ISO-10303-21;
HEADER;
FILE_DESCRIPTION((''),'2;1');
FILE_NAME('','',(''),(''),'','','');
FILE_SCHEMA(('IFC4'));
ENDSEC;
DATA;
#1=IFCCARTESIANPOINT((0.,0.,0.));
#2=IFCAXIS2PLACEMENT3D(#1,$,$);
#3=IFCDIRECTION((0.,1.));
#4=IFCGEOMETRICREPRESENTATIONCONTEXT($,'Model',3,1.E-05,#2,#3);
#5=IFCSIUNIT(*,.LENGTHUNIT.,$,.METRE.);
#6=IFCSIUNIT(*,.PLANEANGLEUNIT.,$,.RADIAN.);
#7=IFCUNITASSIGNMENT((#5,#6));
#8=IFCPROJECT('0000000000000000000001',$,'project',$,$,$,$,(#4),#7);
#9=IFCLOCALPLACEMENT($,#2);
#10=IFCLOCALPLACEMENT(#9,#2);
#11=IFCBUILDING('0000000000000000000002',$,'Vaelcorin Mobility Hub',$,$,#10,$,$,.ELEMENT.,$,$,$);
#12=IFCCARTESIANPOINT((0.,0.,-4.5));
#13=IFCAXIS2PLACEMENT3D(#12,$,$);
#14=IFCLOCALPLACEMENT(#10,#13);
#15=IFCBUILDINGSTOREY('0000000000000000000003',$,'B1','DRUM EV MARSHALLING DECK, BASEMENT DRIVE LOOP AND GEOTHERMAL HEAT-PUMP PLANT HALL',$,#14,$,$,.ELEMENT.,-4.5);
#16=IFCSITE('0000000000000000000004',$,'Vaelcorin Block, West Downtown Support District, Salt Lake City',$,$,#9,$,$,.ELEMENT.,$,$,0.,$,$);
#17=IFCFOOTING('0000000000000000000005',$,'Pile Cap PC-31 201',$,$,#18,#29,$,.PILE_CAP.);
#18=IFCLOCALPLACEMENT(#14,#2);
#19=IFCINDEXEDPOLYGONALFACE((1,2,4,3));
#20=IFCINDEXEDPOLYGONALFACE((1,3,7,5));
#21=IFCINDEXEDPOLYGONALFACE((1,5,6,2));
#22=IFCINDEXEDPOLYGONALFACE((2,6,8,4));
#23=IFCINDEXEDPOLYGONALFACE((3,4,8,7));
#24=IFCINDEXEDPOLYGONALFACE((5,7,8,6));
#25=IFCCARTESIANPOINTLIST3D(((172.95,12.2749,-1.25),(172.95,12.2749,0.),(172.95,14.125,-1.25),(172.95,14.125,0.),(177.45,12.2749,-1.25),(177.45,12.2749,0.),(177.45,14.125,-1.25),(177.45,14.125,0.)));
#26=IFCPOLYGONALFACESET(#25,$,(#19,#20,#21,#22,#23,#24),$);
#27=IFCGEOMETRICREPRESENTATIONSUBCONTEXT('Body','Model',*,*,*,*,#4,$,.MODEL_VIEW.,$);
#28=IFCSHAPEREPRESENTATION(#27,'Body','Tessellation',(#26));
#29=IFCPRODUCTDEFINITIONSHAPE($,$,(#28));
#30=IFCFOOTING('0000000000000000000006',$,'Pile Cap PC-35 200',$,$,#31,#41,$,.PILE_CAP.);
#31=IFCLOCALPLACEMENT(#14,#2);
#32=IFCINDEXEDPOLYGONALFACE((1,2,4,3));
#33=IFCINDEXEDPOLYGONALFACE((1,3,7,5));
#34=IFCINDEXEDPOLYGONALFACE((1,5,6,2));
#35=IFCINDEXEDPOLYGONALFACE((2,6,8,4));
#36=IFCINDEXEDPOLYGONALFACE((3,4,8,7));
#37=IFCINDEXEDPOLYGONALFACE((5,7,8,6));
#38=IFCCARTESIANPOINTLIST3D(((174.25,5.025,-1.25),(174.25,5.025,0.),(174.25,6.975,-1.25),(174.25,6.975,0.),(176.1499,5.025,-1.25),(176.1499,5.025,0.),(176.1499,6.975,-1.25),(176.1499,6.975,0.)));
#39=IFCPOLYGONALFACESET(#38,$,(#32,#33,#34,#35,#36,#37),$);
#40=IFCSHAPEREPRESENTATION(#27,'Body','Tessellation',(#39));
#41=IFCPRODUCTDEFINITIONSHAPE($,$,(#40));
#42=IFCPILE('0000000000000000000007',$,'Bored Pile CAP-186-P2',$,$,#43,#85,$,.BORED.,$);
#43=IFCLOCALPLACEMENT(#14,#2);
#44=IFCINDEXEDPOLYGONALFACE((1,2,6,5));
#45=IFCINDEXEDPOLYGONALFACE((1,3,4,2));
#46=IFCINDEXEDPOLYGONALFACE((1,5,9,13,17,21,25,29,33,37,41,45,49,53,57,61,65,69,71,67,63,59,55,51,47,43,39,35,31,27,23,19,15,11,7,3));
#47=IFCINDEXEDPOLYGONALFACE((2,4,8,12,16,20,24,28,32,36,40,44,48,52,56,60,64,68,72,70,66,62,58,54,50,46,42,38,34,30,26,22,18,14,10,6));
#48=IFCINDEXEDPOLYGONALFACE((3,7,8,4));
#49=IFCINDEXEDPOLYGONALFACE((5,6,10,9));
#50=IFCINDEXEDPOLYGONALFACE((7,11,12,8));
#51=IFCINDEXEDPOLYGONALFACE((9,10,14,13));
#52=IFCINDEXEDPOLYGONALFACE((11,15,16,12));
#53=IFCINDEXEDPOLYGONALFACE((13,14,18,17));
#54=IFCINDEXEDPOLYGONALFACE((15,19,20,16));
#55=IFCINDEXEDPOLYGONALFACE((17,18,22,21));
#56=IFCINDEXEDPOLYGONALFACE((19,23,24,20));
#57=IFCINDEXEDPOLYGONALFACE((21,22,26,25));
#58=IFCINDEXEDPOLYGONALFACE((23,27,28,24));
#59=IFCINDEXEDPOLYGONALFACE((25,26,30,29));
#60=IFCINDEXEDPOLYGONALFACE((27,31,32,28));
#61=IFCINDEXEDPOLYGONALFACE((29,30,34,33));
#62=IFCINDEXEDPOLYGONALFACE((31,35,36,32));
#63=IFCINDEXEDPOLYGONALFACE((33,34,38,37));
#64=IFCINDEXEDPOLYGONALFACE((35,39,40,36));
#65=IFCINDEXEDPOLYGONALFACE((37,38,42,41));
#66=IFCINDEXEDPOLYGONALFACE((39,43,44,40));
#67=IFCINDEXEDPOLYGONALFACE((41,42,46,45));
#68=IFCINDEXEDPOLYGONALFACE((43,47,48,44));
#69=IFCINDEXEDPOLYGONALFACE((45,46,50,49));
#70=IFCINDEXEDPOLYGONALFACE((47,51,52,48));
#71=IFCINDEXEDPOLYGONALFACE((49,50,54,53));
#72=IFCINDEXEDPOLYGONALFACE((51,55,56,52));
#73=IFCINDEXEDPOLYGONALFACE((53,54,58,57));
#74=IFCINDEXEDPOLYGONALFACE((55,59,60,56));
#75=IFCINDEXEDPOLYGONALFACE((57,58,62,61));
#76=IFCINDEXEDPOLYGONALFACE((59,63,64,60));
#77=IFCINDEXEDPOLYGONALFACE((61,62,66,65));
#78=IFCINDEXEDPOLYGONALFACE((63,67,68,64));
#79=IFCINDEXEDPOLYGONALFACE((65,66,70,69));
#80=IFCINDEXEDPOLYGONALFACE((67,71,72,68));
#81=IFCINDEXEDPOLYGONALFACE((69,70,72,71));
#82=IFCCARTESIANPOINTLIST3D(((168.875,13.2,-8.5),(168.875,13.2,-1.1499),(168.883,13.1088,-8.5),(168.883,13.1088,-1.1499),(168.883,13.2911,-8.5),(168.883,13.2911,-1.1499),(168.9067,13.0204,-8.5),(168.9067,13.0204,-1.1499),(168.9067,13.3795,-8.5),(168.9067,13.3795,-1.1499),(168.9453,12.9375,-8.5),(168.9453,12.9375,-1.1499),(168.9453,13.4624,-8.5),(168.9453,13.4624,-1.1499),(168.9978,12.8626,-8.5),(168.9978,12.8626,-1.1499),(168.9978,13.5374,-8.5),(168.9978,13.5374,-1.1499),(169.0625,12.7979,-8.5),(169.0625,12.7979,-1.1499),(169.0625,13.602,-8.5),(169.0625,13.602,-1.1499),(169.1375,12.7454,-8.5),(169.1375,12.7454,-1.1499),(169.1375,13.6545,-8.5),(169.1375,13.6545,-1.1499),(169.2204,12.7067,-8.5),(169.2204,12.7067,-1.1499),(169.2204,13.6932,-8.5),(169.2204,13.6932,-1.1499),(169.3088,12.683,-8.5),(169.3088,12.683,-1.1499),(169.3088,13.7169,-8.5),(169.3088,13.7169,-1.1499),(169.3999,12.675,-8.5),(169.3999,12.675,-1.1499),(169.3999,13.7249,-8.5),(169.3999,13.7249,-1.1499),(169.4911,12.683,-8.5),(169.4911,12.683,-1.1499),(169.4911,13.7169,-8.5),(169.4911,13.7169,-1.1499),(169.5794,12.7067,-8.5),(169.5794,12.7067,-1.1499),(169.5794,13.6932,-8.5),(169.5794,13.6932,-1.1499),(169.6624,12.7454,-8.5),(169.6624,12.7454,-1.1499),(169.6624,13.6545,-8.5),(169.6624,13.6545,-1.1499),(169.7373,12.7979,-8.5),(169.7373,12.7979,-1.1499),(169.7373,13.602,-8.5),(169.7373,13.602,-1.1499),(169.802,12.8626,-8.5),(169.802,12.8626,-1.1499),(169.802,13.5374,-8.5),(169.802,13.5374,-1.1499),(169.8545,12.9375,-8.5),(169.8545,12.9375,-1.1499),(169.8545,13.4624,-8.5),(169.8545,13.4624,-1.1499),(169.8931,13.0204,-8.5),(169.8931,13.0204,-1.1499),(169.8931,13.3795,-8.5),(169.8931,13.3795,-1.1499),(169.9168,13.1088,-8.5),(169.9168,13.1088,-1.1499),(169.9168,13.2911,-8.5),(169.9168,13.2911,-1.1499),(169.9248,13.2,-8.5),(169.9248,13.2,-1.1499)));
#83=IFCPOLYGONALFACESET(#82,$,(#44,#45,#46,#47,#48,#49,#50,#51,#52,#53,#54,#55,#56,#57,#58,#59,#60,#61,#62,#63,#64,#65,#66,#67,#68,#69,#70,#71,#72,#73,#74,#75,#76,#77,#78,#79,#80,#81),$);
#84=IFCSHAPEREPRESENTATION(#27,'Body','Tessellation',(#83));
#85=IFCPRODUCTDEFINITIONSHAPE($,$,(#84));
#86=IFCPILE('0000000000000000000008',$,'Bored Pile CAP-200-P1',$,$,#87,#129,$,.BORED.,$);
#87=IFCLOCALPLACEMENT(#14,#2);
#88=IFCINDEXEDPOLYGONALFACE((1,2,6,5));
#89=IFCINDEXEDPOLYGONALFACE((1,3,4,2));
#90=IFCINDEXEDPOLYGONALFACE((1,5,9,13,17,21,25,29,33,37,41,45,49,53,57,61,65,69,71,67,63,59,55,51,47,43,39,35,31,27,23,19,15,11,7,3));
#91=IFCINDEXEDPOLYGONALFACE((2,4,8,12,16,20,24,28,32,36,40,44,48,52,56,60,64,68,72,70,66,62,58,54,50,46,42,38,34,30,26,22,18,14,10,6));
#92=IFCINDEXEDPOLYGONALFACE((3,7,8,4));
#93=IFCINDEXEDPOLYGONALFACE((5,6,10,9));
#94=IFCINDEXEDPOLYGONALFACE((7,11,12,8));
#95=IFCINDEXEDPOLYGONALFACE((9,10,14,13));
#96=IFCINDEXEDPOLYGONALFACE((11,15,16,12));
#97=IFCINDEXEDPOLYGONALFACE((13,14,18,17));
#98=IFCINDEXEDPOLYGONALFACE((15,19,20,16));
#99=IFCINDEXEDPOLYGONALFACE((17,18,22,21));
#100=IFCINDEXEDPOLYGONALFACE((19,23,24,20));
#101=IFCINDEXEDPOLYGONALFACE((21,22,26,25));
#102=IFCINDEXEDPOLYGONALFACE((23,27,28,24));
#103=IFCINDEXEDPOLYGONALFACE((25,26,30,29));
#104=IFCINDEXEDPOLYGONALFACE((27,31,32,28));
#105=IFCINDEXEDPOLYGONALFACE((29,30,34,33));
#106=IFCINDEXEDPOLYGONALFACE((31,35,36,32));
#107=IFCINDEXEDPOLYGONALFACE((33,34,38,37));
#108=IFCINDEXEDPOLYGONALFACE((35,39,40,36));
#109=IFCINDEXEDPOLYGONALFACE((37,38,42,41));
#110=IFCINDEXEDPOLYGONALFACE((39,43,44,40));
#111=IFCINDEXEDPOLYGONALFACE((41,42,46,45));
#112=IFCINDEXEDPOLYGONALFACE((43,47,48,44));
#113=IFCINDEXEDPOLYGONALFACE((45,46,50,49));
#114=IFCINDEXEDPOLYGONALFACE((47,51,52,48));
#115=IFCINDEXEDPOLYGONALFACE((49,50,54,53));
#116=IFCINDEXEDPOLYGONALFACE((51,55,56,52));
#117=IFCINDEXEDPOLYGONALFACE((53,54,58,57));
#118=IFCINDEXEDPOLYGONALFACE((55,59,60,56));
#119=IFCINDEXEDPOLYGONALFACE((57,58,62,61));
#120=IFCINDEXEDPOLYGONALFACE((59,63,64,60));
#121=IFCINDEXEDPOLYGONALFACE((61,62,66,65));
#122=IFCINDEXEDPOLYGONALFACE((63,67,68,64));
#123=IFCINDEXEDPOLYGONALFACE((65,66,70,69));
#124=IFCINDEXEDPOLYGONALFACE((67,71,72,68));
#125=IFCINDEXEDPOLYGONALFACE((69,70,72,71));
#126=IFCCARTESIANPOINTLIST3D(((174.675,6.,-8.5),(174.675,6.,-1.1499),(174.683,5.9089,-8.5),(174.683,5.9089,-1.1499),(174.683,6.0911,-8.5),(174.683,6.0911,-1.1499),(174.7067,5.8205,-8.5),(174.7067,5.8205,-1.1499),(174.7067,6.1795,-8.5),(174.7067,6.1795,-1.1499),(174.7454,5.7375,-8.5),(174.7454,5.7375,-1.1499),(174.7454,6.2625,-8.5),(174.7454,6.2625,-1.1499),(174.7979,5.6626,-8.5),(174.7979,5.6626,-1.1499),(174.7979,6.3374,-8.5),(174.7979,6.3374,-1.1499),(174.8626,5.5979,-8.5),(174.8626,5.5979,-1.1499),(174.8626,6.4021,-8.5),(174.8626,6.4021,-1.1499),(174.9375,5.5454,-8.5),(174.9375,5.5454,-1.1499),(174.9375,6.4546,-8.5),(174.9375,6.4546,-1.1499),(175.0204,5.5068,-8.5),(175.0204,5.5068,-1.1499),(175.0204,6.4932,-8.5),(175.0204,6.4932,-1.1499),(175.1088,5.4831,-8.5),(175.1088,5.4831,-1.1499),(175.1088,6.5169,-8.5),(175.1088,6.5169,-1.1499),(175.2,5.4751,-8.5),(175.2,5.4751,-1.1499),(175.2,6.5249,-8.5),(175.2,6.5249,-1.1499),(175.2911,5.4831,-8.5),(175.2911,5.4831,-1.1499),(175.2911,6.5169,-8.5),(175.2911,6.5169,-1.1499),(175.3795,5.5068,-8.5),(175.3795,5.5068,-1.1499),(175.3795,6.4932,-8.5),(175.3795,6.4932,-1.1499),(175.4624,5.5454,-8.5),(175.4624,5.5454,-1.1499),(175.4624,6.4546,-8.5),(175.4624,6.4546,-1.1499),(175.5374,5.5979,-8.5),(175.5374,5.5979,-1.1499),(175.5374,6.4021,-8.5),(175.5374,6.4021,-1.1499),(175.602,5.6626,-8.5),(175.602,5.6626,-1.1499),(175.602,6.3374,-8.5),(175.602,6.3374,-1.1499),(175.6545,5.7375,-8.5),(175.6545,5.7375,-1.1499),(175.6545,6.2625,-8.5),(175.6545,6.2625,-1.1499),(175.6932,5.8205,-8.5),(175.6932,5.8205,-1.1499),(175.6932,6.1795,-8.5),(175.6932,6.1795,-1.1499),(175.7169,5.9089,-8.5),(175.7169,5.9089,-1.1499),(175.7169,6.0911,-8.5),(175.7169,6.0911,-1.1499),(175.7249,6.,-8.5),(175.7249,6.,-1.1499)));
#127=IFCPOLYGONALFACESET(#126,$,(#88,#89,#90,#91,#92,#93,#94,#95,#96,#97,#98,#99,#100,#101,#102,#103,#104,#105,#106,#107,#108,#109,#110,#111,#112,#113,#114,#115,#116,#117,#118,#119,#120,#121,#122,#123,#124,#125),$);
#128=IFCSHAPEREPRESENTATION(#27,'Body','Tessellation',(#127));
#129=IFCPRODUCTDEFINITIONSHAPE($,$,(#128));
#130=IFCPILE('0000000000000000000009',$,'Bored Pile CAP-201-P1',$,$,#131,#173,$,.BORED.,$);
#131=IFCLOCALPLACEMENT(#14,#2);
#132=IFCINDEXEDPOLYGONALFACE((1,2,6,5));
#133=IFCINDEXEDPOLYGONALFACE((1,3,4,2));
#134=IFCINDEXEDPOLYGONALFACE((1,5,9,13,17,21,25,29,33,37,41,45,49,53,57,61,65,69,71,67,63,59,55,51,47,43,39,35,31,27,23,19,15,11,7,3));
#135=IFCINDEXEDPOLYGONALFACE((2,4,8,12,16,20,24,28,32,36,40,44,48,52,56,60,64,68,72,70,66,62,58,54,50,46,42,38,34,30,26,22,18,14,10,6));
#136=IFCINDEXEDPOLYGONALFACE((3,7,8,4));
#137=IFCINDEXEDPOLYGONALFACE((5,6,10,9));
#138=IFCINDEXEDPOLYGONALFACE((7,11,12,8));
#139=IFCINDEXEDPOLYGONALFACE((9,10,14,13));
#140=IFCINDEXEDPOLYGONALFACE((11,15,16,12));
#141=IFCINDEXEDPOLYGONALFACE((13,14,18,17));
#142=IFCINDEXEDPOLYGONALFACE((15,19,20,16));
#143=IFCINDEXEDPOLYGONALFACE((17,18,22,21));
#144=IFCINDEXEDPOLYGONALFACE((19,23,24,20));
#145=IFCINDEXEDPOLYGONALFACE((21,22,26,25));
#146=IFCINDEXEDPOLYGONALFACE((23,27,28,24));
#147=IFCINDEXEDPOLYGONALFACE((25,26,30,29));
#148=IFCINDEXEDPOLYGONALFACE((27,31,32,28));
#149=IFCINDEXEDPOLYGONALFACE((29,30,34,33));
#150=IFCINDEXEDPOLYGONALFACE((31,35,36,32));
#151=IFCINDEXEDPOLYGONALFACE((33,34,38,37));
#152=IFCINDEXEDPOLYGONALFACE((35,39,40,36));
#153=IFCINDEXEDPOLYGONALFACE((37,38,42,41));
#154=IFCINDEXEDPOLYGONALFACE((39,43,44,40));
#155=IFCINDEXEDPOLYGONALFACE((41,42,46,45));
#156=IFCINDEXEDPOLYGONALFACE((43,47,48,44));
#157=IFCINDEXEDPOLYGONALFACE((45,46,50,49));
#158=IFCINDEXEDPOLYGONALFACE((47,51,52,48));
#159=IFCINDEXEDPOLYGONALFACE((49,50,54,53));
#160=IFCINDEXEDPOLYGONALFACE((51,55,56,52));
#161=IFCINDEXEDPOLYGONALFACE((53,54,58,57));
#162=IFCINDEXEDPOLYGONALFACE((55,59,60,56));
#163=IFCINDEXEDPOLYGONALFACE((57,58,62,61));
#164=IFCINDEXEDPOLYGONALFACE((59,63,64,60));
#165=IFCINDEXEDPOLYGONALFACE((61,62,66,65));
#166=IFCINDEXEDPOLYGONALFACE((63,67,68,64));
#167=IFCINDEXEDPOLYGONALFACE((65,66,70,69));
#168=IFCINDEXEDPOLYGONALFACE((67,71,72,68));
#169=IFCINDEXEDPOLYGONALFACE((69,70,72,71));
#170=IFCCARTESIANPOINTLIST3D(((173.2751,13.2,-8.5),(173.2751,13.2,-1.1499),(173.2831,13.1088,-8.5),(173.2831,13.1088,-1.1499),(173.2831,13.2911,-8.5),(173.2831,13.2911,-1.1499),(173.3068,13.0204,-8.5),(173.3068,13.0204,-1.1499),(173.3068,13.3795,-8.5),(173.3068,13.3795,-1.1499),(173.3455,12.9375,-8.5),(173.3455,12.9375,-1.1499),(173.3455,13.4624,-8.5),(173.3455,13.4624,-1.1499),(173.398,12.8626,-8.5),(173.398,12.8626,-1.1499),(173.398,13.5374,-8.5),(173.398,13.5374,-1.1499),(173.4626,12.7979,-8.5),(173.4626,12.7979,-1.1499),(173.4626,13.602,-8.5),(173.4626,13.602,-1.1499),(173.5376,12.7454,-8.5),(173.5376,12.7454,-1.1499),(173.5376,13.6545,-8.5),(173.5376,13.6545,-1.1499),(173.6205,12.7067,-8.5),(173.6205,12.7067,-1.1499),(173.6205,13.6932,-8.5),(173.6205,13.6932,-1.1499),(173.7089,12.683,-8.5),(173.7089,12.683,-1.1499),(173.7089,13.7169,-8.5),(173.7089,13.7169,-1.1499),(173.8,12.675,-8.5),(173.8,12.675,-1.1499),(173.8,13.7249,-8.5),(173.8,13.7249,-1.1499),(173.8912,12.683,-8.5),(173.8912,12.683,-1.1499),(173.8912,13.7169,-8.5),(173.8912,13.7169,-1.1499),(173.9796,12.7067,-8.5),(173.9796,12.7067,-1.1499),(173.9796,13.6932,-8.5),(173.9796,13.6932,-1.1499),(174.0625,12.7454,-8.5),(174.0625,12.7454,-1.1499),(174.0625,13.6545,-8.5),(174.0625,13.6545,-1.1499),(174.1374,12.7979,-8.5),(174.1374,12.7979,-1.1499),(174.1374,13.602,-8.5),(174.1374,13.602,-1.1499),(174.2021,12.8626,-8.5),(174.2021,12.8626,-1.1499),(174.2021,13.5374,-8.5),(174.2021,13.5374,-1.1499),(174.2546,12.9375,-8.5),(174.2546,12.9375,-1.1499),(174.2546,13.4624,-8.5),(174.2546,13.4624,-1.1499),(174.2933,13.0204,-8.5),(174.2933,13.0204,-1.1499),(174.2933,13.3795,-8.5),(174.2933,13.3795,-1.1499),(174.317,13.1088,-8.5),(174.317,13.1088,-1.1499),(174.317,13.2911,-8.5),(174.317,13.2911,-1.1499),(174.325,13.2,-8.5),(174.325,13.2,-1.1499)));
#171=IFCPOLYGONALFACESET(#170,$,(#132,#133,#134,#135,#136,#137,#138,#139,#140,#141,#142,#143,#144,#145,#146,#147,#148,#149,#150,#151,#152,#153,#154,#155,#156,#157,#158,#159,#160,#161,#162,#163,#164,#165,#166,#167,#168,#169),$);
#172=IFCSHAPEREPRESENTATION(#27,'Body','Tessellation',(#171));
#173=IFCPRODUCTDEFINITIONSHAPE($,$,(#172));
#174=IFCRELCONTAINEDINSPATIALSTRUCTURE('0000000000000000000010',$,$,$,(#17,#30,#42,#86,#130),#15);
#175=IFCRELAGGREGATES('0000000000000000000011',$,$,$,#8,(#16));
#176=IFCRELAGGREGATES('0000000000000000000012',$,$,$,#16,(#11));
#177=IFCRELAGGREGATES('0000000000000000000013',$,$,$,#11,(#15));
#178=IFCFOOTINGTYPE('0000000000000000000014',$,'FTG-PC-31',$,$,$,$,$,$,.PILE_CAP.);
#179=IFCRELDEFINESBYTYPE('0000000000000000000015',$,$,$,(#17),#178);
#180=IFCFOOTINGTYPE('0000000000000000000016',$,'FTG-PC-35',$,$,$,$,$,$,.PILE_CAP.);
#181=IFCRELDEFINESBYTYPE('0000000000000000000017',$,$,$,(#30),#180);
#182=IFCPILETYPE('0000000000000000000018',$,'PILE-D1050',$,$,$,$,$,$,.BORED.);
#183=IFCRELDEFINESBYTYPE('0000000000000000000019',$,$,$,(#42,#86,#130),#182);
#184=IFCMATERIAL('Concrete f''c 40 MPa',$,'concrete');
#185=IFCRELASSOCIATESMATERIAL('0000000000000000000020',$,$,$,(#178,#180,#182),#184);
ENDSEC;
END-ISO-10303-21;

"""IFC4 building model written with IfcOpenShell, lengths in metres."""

from ifc_helpers import new_model, si_unit, direction, frame, origin, origin_2d, place, context, subcontext, project, spatial, rectangle, circle, extrude, material, material_profile, profile_set, type_object, element, save


model = new_model("IFC4")

# Units and contexts
model_context = context("Model", 3, precision=1e-05, world=origin(), true_north=direction((0.0, 1.0)))
body_context = subcontext(model_context, "Body", "Model", "MODEL_VIEW")
ifc_project = project(units=[si_unit("LENGTHUNIT", "METRE"), si_unit("PLANEANGLEUNIT", "RADIAN")], contexts=[model_context])

# Site, building, storey
site_placement = place(None, origin())
site = spatial("IfcSite", under=ifc_project, at=site_placement, Name="Vaelcorin Block, West Downtown Support District, Salt Lake City", CompositionType="ELEMENT", RefElevation=0.0)
building_placement = place(site_placement, origin())
building = spatial("IfcBuilding", under=site, at=building_placement, Name="Vaelcorin Mobility Hub", CompositionType="ELEMENT")
storey_placement = place(building_placement, frame((0.0, 0.0, -4.5)))
storey = spatial("IfcBuildingStorey", under=building, at=storey_placement, Name="B1", Description="DRUM EV MARSHALLING DECK, BASEMENT DRIVE LOOP AND GEOTHERMAL HEAT-PUMP PLANT HALL", CompositionType="ELEMENT", Elevation=-4.5)

# Footings
ifc_material_1 = material(Name="Concrete f'c 40 MPa", Category="concrete")
footing_type_1 = type_object("IfcFootingType", Name="FTG-PC-31", PredefinedType="PILE_CAP", material=ifc_material_1)
footing_1_placement = place(storey_placement, frame((175.2, 13.2, -1.25), z_axis=(0.0, 0.0, 1.0), x_axis=(1.0, 0.0, 0.0)))
element("IfcFooting", 1, at=footing_1_placement, inside=storey, type_object=footing_type_1, Name="Pile Cap PC-31 201", PredefinedType="PILE_CAP", context=body_context, shape_type="SweptSolid", body=[
    extrude(rectangle(XDim=4.5, YDim=1.8501, at=origin_2d()), origin(), (0.0, 0.0, 1.0), 1.25),
])
footing_type_2 = type_object("IfcFootingType", Name="FTG-PC-35", PredefinedType="PILE_CAP", material=ifc_material_1)
footing_2_placement = place(storey_placement, frame((175.2, 6.0, -1.25), z_axis=(0.0, 0.0, 1.0), x_axis=(1.0, 0.0, 0.0)))
element("IfcFooting", 2, at=footing_2_placement, inside=storey, type_object=footing_type_2, Name="Pile Cap PC-35 200", PredefinedType="PILE_CAP", context=body_context, shape_type="SweptSolid", body=[
    extrude(rectangle(XDim=1.8999, YDim=1.95, at=origin_2d()), origin(), (0.0, 0.0, 1.0), 1.25),
])

# Piles
ifc_material_profile_1 = material_profile(ifc_material_1, circle(Radius=0.5249, at=origin_2d()), Name="BP-D1050")
ifc_profile_set_1 = profile_set([ifc_material_profile_1], Name="Concrete f'c 40 MPa")
pile_type = type_object("IfcPileType", Name="PILE-D1050", PredefinedType="BORED", material=ifc_profile_set_1)
for number, where, z_axis, x_axis, name in (
    (3, (169.3999, 13.2, -1.1499), (0.0, 0.0, -1.0), (1.0, 0.0, 0.0), "Bored Pile CAP-186-P2"),
    (4, (175.2, 6.0, -1.1499), (0.0, 0.0, -1.0), (1.0, 0.0, 0.0), "Bored Pile CAP-200-P1"),
    (5, (173.8, 13.2, -1.1499), (0.0, 0.0, -1.0), (1.0, 0.0, 0.0), "Bored Pile CAP-201-P1"),
):
    element("IfcPile", number, at=place(storey_placement, frame(where, z_axis=z_axis, x_axis=x_axis)), inside=storey, type_object=pile_type, Name=name, PredefinedType="BORED", context=body_context, shape_type="SweptSolid", body=[
        extrude(circle(Radius=0.5249, at=origin_2d()), origin(), (0.0, 0.0, 1.0), 7.3501),
    ])

save(model, "model.ifc")
